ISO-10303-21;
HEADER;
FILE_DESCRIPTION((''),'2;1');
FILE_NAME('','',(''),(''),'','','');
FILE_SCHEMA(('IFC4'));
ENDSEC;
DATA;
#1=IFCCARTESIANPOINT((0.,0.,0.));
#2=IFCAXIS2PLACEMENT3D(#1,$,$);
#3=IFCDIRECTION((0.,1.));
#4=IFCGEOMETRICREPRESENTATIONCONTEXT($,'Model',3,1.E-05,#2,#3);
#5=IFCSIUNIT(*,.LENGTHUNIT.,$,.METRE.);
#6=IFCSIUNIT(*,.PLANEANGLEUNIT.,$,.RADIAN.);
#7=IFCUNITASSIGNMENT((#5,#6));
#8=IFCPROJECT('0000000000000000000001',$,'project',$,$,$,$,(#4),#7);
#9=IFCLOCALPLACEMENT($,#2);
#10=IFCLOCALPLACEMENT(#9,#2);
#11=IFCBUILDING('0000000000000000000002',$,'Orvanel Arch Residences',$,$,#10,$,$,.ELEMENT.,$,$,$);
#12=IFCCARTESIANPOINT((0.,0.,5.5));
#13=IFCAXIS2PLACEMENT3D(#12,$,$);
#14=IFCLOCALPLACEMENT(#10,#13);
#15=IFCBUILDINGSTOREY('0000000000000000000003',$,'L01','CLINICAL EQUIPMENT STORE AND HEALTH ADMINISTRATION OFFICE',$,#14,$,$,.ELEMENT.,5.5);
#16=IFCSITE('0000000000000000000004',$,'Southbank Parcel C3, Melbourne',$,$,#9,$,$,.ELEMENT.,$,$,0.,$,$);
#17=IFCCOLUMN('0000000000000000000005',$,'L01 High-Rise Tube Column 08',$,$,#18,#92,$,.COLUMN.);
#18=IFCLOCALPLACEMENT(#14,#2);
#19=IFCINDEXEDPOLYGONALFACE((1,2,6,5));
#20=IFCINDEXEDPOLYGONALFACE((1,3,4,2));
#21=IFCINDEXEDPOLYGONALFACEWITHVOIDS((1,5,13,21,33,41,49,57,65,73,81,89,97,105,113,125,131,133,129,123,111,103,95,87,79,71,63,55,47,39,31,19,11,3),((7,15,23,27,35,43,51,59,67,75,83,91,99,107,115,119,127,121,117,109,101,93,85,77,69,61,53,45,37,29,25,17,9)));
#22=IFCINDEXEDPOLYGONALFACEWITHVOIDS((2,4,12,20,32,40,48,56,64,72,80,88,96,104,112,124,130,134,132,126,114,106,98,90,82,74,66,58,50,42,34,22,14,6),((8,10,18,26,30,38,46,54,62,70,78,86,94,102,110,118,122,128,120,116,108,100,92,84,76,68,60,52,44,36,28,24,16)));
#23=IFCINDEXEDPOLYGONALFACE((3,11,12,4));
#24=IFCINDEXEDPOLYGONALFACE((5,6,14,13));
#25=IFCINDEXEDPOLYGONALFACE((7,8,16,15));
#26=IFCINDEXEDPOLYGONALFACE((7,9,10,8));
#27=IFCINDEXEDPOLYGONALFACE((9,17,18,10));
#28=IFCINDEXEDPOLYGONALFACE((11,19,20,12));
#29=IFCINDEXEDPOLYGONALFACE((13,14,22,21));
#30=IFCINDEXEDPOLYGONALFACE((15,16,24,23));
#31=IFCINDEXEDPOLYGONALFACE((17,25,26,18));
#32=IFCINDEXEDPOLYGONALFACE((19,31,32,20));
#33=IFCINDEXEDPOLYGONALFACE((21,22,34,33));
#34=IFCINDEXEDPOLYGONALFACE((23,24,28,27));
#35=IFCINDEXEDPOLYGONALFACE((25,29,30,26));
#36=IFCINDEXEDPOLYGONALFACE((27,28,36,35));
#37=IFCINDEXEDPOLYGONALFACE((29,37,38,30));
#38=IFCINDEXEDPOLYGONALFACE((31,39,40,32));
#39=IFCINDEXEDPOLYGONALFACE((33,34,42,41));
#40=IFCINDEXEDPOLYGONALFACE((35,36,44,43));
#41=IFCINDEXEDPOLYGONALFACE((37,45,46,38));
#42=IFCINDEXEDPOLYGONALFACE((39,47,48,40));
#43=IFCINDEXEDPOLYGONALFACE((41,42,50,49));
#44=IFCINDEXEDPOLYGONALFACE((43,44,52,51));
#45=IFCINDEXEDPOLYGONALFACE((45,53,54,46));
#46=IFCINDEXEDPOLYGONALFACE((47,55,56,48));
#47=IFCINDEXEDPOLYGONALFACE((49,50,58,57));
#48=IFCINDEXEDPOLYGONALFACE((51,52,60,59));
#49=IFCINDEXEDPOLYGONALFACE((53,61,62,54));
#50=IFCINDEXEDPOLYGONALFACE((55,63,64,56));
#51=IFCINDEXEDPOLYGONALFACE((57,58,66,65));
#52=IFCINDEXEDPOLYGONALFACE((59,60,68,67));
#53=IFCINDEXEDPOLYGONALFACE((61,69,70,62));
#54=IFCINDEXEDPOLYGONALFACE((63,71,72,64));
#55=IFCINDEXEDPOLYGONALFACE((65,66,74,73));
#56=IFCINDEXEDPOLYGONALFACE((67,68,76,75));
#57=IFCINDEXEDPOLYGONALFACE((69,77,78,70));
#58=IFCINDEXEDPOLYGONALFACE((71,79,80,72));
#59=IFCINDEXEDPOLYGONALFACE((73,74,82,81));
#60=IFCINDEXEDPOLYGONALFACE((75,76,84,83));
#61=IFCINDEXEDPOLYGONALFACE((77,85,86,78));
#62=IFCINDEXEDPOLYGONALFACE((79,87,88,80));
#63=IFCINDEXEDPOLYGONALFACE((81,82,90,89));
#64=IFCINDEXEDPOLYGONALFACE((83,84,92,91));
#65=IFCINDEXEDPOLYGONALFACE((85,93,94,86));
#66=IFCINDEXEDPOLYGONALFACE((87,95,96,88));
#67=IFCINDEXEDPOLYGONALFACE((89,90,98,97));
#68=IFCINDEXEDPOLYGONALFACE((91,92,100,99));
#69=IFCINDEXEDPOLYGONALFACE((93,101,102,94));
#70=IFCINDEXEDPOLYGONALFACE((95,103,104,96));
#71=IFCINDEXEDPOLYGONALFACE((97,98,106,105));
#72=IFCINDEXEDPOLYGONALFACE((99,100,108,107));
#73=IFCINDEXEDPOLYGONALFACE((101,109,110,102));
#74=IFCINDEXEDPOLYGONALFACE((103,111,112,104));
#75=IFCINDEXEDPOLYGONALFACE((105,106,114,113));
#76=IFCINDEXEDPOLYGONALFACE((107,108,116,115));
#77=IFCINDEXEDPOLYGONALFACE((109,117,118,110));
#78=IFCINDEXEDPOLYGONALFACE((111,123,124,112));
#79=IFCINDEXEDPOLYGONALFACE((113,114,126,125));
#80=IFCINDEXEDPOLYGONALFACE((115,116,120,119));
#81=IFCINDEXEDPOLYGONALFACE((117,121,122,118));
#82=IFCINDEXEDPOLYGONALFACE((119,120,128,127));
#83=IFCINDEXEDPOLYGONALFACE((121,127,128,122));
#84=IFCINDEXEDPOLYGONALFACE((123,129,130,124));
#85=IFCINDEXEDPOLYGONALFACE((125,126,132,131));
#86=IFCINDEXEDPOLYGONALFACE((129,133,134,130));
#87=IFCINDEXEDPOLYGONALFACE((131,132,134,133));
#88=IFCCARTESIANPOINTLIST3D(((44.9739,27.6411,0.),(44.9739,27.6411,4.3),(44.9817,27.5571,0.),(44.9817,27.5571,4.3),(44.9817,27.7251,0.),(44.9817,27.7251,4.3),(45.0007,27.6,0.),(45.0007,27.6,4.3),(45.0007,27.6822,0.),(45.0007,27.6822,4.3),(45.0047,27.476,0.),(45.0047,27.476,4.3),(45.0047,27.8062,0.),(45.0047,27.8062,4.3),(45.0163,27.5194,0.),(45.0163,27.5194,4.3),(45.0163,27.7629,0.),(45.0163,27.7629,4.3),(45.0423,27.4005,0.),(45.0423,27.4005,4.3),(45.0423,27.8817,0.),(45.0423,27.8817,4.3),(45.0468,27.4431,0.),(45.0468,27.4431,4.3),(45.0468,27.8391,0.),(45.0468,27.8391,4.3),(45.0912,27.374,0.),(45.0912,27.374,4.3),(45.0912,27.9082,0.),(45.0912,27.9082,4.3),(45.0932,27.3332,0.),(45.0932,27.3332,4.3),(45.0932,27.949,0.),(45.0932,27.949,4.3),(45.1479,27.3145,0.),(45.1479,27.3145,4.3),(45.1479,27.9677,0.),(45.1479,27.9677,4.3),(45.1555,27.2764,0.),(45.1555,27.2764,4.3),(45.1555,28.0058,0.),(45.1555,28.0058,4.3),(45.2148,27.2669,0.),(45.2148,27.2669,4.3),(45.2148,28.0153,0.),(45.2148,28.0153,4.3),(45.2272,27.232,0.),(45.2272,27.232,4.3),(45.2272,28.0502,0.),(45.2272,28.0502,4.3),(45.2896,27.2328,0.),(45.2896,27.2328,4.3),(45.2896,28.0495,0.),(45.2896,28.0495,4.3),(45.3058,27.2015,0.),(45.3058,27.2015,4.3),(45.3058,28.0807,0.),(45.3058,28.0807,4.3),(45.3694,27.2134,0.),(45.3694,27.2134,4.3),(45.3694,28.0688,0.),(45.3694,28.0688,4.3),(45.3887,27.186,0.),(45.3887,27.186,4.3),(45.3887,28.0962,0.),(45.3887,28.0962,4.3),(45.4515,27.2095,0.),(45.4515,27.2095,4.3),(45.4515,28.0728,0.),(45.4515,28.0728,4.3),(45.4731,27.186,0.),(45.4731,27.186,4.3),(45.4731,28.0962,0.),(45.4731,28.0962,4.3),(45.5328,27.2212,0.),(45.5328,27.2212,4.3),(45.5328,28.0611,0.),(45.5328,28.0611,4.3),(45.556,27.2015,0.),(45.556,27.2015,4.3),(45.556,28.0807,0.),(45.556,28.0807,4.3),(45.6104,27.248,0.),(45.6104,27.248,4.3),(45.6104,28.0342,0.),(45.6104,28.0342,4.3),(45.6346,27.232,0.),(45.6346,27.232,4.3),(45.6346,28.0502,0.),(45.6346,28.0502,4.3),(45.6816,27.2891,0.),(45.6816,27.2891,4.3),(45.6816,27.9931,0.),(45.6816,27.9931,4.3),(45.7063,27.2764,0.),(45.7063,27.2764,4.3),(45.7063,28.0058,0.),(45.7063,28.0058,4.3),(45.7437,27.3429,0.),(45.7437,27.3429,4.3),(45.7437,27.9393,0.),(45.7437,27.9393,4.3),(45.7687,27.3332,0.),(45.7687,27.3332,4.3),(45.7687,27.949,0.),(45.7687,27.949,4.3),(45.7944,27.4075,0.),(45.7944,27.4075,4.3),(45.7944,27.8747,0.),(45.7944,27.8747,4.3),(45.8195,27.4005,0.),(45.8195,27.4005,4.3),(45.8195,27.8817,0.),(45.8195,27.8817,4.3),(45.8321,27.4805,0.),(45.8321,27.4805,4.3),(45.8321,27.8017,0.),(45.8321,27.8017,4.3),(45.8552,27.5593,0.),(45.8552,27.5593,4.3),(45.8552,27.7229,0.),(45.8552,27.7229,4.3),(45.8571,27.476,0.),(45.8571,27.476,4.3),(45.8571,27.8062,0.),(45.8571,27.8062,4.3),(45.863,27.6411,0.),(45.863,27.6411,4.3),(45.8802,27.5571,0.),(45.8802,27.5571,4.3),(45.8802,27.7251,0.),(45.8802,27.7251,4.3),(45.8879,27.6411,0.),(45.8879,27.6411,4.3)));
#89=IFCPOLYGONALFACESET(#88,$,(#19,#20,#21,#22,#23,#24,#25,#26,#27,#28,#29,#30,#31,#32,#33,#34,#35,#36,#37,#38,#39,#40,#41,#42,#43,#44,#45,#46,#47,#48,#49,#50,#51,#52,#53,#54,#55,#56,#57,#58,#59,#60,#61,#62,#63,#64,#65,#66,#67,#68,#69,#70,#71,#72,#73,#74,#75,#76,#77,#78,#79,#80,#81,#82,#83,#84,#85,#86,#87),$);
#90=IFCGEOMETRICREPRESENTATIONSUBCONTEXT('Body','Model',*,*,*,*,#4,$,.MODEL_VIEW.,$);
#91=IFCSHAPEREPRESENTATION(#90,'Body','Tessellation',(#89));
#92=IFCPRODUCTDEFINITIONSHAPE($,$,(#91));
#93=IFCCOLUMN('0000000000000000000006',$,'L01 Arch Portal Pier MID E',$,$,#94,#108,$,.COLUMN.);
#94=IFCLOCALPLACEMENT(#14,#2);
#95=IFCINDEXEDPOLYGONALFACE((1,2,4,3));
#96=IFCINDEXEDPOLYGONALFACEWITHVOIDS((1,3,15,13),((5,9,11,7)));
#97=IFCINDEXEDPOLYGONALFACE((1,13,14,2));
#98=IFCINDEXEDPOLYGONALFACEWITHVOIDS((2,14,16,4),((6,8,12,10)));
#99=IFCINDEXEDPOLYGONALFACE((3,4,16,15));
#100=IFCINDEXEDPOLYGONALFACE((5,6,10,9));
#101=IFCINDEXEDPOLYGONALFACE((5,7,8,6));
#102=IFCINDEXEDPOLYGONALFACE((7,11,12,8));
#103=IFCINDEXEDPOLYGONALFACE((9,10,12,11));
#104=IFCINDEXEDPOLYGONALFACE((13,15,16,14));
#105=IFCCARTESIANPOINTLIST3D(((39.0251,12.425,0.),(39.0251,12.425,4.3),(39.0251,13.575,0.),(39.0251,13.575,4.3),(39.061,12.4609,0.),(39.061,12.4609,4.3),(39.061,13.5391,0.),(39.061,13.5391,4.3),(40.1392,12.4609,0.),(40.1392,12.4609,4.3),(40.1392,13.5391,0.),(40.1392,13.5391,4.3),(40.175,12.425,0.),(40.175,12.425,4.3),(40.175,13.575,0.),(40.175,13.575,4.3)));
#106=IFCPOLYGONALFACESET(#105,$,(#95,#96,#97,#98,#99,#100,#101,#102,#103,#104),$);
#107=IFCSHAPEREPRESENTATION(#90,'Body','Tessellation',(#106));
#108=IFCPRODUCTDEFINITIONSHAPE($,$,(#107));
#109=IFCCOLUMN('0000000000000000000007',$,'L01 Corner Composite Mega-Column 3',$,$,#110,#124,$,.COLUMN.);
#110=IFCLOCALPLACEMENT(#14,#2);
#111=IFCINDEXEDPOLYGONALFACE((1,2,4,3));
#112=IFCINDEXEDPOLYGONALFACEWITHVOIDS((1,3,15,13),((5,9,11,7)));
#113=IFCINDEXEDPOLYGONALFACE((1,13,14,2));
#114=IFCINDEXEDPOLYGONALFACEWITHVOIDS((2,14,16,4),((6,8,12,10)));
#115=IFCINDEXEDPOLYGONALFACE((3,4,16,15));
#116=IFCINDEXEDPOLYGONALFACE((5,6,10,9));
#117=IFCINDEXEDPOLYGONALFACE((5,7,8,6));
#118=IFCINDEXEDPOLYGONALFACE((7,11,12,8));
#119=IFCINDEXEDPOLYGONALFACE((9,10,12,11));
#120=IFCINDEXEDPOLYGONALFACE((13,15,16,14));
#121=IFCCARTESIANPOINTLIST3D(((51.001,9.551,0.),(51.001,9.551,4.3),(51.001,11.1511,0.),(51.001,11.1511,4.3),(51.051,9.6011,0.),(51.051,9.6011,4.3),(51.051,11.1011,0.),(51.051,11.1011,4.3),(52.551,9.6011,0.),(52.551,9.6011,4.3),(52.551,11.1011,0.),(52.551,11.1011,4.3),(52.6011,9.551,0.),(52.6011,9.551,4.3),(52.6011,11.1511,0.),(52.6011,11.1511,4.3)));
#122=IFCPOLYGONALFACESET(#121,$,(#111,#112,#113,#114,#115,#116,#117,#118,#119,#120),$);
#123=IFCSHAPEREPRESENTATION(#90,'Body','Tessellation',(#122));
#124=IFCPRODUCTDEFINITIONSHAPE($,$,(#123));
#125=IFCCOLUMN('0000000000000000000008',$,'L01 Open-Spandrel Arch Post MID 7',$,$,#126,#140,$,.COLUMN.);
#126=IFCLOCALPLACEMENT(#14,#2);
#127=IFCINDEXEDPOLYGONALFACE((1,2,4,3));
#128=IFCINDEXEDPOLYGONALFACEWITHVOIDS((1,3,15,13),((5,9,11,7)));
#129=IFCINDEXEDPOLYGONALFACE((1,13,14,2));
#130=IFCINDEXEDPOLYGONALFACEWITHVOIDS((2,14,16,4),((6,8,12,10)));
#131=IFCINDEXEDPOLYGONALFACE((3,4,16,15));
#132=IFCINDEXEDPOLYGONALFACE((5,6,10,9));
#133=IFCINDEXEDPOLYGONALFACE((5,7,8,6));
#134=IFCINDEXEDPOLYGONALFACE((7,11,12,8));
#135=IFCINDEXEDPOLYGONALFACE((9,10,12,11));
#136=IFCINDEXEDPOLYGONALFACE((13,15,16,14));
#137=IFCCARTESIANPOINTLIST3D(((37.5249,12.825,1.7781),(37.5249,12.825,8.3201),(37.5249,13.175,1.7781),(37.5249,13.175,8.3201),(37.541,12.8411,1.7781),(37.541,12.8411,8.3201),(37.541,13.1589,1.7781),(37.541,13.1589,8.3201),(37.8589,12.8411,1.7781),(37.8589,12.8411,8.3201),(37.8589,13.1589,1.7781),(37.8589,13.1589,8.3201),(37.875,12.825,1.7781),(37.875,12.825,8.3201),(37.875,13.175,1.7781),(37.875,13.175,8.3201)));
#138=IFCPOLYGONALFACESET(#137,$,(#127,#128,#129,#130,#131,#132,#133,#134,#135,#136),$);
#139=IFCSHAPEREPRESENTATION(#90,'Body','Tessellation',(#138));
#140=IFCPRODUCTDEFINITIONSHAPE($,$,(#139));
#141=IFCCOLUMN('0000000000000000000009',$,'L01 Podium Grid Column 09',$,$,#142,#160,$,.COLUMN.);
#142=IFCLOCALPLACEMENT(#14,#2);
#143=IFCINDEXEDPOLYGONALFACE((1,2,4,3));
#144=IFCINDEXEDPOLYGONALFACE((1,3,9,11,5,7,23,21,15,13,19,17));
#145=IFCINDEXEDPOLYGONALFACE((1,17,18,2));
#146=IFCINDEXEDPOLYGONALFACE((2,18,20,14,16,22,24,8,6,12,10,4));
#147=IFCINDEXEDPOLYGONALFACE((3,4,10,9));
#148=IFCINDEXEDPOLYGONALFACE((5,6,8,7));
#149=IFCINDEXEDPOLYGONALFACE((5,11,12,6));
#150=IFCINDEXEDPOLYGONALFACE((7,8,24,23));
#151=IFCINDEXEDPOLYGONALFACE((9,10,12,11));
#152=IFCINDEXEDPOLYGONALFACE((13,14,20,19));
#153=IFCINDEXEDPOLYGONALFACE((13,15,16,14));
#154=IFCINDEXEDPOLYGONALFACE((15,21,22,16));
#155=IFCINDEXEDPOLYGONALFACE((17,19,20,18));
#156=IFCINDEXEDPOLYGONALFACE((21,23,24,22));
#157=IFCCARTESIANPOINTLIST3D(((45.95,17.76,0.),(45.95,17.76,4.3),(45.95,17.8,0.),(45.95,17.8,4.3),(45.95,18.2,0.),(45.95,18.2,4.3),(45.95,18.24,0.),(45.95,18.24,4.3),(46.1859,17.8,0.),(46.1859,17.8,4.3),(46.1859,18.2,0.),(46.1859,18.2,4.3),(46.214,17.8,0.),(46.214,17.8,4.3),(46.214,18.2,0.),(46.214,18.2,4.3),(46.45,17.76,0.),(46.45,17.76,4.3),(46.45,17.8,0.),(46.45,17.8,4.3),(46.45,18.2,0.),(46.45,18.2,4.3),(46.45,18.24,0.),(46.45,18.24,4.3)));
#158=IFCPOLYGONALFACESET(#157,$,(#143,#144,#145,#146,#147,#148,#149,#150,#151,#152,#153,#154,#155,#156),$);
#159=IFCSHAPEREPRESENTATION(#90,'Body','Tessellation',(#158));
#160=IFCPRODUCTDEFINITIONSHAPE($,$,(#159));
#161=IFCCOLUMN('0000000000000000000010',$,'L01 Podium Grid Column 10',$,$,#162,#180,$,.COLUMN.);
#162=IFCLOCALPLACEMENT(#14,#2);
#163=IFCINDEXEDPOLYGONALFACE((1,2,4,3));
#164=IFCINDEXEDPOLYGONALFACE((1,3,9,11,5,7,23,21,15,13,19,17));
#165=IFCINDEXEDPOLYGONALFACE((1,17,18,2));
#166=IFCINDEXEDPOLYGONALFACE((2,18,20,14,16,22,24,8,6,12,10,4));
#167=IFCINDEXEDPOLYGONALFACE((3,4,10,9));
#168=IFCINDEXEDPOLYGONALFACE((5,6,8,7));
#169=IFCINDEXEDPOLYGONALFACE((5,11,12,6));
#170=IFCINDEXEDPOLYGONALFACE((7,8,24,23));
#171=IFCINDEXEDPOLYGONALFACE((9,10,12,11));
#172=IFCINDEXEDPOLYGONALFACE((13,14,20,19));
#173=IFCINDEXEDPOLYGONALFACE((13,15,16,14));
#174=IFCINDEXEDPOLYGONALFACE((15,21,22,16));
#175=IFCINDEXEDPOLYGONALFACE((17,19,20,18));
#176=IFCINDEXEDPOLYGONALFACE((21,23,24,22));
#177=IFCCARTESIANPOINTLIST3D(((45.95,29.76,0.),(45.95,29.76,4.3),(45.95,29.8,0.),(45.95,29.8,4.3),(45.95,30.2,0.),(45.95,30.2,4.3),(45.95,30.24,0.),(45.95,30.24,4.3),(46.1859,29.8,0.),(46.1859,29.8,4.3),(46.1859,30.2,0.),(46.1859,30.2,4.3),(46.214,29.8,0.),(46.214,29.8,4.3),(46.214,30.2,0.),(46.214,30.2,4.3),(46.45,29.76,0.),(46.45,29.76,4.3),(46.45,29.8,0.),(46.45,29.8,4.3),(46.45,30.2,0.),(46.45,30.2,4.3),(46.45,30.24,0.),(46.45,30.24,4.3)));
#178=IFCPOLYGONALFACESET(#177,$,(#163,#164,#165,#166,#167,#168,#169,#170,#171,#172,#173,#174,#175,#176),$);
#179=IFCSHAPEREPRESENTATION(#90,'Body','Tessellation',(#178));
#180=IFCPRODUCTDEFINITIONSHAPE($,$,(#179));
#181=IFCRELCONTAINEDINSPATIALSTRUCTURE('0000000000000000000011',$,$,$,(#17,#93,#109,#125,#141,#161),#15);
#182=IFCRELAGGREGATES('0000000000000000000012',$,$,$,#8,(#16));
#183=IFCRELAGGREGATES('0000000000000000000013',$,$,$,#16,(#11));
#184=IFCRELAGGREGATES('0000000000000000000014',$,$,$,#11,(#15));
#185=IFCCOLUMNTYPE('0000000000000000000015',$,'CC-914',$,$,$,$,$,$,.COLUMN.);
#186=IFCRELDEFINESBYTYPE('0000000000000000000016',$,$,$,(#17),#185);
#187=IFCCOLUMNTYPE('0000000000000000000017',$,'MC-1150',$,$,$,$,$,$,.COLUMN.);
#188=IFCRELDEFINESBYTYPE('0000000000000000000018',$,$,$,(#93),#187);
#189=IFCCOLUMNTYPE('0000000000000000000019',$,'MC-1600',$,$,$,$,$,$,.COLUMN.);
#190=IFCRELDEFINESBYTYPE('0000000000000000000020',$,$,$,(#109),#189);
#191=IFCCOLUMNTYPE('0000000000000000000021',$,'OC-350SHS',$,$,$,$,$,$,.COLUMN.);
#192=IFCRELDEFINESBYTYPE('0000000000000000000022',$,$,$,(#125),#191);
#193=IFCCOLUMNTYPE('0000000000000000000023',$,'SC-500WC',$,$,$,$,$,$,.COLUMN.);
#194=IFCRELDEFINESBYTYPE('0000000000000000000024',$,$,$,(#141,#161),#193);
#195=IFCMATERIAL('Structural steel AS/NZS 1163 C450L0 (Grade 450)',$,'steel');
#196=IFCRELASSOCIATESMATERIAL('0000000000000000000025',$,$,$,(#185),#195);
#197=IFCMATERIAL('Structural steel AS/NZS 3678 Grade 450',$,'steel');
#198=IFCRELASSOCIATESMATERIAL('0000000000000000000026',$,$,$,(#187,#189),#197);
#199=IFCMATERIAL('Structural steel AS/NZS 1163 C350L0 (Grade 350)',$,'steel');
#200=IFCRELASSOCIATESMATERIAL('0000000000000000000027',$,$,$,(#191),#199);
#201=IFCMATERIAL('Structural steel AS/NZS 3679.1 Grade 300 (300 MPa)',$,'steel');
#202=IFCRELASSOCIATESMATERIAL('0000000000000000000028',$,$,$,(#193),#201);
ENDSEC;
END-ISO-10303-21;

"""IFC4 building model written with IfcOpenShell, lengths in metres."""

from ifc_helpers import new_model, si_unit, direction, frame, origin, origin_2d, place, context, subcontext, project, spatial, hollow_rectangle, hollow_circle, i_section, extrude, material, material_profile, profile_set, type_object, element, save


model = new_model("IFC4")

# Units and contexts
model_context = context("Model", 3, precision=1e-05, world=origin(), true_north=direction((0.0, 1.0)))
body_context = subcontext(model_context, "Body", "Model", "MODEL_VIEW")
ifc_project = project(units=[si_unit("LENGTHUNIT", "METRE"), si_unit("PLANEANGLEUNIT", "RADIAN")], contexts=[model_context])

# Site, building, storey
site_placement = place(None, origin())
site = spatial("IfcSite", under=ifc_project, at=site_placement, Name="Southbank Parcel C3, Melbourne", CompositionType="ELEMENT", RefElevation=0.0)
building_placement = place(site_placement, origin())
building = spatial("IfcBuilding", under=site, at=building_placement, Name="Orvanel Arch Residences", CompositionType="ELEMENT")
storey_placement = place(building_placement, frame((0.0, 0.0, 5.5)))
storey = spatial("IfcBuildingStorey", under=building, at=storey_placement, Name="L01", Description="CLINICAL EQUIPMENT STORE AND HEALTH ADMINISTRATION OFFICE", CompositionType="ELEMENT", Elevation=5.5)

# Columns
ifc_material_1 = material(Name="Structural steel AS/NZS 1163 C450L0 (Grade 450)", Category="steel")
ifc_material_profile_1 = material_profile(ifc_material_1, hollow_circle(Radius=0.457, WallThickness=0.0249, at=origin_2d()), Name="CHS914x25")
ifc_profile_set_1 = profile_set([ifc_material_profile_1], Name="Structural steel AS/NZS 1163 C450L0 (Grade 450)")
column_type_1 = type_object("IfcColumnType", Name="CC-914", PredefinedType="COLUMN", material=ifc_profile_set_1)
column_1_placement = place(storey_placement, frame((45.4309, 27.6411, 0.0), z_axis=(0.0, 0.0, 1.0), x_axis=(1.0, 0.0, 0.0)))
element("IfcColumn", 1, at=column_1_placement, inside=storey, type_object=column_type_1, Name="L01 High-Rise Tube Column 08", PredefinedType="COLUMN", context=body_context, shape_type="SweptSolid", body=[
    extrude(hollow_circle(Radius=0.457, WallThickness=0.0249, at=origin_2d()), origin(), (0.0, 0.0, 1.0), 4.3),
])
ifc_material_2 = material(Name="Structural steel AS/NZS 3678 Grade 450", Category="steel")
ifc_material_profile_2 = material_profile(ifc_material_2, hollow_rectangle(XDim=1.1499, YDim=1.1499, WallThickness=0.0359, at=origin_2d()), Name="BOX1150x1150x36")
ifc_profile_set_2 = profile_set([ifc_material_profile_2], Name="Structural steel AS/NZS 3678 Grade 450")
column_type_2 = type_object("IfcColumnType", Name="MC-1150", PredefinedType="COLUMN", material=ifc_profile_set_2)
column_2_placement = place(storey_placement, frame((39.6001, 13.0, 0.0), z_axis=(0.0, 0.0, 1.0), x_axis=(1.0, 0.0, 0.0)))
element("IfcColumn", 2, at=column_2_placement, inside=storey, type_object=column_type_2, Name="L01 Arch Portal Pier MID E", PredefinedType="COLUMN", context=body_context, shape_type="SweptSolid", body=[
    extrude(hollow_rectangle(XDim=1.1499, YDim=1.1499, WallThickness=0.0359, at=origin_2d()), origin(), (0.0, 0.0, 1.0), 4.3),
])
ifc_material_profile_3 = material_profile(ifc_material_2, hollow_rectangle(XDim=1.6001, YDim=1.6001, WallThickness=0.05, at=origin_2d()), Name="BOX1600x1600x50")
ifc_profile_set_3 = profile_set([ifc_material_profile_3], Name="Structural steel AS/NZS 3678 Grade 450")
column_type_3 = type_object("IfcColumnType", Name="MC-1600", PredefinedType="COLUMN", material=ifc_profile_set_3)
column_3_placement = place(storey_placement, frame((51.801, 10.3511, 0.0), z_axis=(0.0, 0.0, 1.0), x_axis=(1.0, 0.0, 0.0)))
element("IfcColumn", 3, at=column_3_placement, inside=storey, type_object=column_type_3, Name="L01 Corner Composite Mega-Column 3", PredefinedType="COLUMN", context=body_context, shape_type="SweptSolid", body=[
    extrude(hollow_rectangle(XDim=1.6001, YDim=1.6001, WallThickness=0.05, at=origin_2d()), origin(), (0.0, 0.0, 1.0), 4.3),
])
ifc_material_3 = material(Name="Structural steel AS/NZS 1163 C350L0 (Grade 350)", Category="steel")
ifc_material_profile_4 = material_profile(ifc_material_3, hollow_rectangle(XDim=0.3501, YDim=0.3501, WallThickness=0.0161, at=origin_2d()), Name="SHS350x350x16")
ifc_profile_set_4 = profile_set([ifc_material_profile_4], Name="Structural steel AS/NZS 1163 C350L0 (Grade 350)")
column_type_4 = type_object("IfcColumnType", Name="OC-350SHS", PredefinedType="COLUMN", material=ifc_profile_set_4)
column_4_placement = place(storey_placement, frame((37.7, 13.0, 1.7781), z_axis=(0.0, 0.0, 1.0), x_axis=(1.0, 0.0, 0.0)))
element("IfcColumn", 4, at=column_4_placement, inside=storey, type_object=column_type_4, Name="L01 Open-Spandrel Arch Post MID 7", PredefinedType="COLUMN", context=body_context, shape_type="SweptSolid", body=[
    extrude(hollow_rectangle(XDim=0.3501, YDim=0.3501, WallThickness=0.0161, at=origin_2d()), origin(), (0.0, 0.0, 1.0), 6.542),
])
ifc_material_4 = material(Name="Structural steel AS/NZS 3679.1 Grade 300 (300 MPa)", Category="steel")
ifc_material_profile_5 = material_profile(ifc_material_4, i_section(OverallWidth=0.5, OverallDepth=0.48, WebThickness=0.0281, FlangeThickness=0.04, at=origin_2d()), Name="500WC440")
ifc_profile_set_5 = profile_set([ifc_material_profile_5], Name="Structural steel AS/NZS 3679.1 Grade 300 (300 MPa)")
column_type_5 = type_object("IfcColumnType", Name="SC-500WC", PredefinedType="COLUMN", material=ifc_profile_set_5)
for number, where, z_axis, x_axis, name in (
    (5, (46.2, 18.0, 0.0), (0.0, 0.0, 1.0), (1.0, 0.0, 0.0), "L01 Podium Grid Column 09"),
    (6, (46.2, 30.0, 0.0), (0.0, 0.0, 1.0), (1.0, 0.0, 0.0), "L01 Podium Grid Column 10"),
):
    element("IfcColumn", number, at=place(storey_placement, frame(where, z_axis=z_axis, x_axis=x_axis)), inside=storey, type_object=column_type_5, Name=name, PredefinedType="COLUMN", context=body_context, shape_type="SweptSolid", body=[
        extrude(i_section(OverallWidth=0.5, OverallDepth=0.48, WebThickness=0.0281, FlangeThickness=0.04, at=origin_2d()), origin(), (0.0, 0.0, 1.0), 4.3),
    ])

save(model, "model.ifc")
